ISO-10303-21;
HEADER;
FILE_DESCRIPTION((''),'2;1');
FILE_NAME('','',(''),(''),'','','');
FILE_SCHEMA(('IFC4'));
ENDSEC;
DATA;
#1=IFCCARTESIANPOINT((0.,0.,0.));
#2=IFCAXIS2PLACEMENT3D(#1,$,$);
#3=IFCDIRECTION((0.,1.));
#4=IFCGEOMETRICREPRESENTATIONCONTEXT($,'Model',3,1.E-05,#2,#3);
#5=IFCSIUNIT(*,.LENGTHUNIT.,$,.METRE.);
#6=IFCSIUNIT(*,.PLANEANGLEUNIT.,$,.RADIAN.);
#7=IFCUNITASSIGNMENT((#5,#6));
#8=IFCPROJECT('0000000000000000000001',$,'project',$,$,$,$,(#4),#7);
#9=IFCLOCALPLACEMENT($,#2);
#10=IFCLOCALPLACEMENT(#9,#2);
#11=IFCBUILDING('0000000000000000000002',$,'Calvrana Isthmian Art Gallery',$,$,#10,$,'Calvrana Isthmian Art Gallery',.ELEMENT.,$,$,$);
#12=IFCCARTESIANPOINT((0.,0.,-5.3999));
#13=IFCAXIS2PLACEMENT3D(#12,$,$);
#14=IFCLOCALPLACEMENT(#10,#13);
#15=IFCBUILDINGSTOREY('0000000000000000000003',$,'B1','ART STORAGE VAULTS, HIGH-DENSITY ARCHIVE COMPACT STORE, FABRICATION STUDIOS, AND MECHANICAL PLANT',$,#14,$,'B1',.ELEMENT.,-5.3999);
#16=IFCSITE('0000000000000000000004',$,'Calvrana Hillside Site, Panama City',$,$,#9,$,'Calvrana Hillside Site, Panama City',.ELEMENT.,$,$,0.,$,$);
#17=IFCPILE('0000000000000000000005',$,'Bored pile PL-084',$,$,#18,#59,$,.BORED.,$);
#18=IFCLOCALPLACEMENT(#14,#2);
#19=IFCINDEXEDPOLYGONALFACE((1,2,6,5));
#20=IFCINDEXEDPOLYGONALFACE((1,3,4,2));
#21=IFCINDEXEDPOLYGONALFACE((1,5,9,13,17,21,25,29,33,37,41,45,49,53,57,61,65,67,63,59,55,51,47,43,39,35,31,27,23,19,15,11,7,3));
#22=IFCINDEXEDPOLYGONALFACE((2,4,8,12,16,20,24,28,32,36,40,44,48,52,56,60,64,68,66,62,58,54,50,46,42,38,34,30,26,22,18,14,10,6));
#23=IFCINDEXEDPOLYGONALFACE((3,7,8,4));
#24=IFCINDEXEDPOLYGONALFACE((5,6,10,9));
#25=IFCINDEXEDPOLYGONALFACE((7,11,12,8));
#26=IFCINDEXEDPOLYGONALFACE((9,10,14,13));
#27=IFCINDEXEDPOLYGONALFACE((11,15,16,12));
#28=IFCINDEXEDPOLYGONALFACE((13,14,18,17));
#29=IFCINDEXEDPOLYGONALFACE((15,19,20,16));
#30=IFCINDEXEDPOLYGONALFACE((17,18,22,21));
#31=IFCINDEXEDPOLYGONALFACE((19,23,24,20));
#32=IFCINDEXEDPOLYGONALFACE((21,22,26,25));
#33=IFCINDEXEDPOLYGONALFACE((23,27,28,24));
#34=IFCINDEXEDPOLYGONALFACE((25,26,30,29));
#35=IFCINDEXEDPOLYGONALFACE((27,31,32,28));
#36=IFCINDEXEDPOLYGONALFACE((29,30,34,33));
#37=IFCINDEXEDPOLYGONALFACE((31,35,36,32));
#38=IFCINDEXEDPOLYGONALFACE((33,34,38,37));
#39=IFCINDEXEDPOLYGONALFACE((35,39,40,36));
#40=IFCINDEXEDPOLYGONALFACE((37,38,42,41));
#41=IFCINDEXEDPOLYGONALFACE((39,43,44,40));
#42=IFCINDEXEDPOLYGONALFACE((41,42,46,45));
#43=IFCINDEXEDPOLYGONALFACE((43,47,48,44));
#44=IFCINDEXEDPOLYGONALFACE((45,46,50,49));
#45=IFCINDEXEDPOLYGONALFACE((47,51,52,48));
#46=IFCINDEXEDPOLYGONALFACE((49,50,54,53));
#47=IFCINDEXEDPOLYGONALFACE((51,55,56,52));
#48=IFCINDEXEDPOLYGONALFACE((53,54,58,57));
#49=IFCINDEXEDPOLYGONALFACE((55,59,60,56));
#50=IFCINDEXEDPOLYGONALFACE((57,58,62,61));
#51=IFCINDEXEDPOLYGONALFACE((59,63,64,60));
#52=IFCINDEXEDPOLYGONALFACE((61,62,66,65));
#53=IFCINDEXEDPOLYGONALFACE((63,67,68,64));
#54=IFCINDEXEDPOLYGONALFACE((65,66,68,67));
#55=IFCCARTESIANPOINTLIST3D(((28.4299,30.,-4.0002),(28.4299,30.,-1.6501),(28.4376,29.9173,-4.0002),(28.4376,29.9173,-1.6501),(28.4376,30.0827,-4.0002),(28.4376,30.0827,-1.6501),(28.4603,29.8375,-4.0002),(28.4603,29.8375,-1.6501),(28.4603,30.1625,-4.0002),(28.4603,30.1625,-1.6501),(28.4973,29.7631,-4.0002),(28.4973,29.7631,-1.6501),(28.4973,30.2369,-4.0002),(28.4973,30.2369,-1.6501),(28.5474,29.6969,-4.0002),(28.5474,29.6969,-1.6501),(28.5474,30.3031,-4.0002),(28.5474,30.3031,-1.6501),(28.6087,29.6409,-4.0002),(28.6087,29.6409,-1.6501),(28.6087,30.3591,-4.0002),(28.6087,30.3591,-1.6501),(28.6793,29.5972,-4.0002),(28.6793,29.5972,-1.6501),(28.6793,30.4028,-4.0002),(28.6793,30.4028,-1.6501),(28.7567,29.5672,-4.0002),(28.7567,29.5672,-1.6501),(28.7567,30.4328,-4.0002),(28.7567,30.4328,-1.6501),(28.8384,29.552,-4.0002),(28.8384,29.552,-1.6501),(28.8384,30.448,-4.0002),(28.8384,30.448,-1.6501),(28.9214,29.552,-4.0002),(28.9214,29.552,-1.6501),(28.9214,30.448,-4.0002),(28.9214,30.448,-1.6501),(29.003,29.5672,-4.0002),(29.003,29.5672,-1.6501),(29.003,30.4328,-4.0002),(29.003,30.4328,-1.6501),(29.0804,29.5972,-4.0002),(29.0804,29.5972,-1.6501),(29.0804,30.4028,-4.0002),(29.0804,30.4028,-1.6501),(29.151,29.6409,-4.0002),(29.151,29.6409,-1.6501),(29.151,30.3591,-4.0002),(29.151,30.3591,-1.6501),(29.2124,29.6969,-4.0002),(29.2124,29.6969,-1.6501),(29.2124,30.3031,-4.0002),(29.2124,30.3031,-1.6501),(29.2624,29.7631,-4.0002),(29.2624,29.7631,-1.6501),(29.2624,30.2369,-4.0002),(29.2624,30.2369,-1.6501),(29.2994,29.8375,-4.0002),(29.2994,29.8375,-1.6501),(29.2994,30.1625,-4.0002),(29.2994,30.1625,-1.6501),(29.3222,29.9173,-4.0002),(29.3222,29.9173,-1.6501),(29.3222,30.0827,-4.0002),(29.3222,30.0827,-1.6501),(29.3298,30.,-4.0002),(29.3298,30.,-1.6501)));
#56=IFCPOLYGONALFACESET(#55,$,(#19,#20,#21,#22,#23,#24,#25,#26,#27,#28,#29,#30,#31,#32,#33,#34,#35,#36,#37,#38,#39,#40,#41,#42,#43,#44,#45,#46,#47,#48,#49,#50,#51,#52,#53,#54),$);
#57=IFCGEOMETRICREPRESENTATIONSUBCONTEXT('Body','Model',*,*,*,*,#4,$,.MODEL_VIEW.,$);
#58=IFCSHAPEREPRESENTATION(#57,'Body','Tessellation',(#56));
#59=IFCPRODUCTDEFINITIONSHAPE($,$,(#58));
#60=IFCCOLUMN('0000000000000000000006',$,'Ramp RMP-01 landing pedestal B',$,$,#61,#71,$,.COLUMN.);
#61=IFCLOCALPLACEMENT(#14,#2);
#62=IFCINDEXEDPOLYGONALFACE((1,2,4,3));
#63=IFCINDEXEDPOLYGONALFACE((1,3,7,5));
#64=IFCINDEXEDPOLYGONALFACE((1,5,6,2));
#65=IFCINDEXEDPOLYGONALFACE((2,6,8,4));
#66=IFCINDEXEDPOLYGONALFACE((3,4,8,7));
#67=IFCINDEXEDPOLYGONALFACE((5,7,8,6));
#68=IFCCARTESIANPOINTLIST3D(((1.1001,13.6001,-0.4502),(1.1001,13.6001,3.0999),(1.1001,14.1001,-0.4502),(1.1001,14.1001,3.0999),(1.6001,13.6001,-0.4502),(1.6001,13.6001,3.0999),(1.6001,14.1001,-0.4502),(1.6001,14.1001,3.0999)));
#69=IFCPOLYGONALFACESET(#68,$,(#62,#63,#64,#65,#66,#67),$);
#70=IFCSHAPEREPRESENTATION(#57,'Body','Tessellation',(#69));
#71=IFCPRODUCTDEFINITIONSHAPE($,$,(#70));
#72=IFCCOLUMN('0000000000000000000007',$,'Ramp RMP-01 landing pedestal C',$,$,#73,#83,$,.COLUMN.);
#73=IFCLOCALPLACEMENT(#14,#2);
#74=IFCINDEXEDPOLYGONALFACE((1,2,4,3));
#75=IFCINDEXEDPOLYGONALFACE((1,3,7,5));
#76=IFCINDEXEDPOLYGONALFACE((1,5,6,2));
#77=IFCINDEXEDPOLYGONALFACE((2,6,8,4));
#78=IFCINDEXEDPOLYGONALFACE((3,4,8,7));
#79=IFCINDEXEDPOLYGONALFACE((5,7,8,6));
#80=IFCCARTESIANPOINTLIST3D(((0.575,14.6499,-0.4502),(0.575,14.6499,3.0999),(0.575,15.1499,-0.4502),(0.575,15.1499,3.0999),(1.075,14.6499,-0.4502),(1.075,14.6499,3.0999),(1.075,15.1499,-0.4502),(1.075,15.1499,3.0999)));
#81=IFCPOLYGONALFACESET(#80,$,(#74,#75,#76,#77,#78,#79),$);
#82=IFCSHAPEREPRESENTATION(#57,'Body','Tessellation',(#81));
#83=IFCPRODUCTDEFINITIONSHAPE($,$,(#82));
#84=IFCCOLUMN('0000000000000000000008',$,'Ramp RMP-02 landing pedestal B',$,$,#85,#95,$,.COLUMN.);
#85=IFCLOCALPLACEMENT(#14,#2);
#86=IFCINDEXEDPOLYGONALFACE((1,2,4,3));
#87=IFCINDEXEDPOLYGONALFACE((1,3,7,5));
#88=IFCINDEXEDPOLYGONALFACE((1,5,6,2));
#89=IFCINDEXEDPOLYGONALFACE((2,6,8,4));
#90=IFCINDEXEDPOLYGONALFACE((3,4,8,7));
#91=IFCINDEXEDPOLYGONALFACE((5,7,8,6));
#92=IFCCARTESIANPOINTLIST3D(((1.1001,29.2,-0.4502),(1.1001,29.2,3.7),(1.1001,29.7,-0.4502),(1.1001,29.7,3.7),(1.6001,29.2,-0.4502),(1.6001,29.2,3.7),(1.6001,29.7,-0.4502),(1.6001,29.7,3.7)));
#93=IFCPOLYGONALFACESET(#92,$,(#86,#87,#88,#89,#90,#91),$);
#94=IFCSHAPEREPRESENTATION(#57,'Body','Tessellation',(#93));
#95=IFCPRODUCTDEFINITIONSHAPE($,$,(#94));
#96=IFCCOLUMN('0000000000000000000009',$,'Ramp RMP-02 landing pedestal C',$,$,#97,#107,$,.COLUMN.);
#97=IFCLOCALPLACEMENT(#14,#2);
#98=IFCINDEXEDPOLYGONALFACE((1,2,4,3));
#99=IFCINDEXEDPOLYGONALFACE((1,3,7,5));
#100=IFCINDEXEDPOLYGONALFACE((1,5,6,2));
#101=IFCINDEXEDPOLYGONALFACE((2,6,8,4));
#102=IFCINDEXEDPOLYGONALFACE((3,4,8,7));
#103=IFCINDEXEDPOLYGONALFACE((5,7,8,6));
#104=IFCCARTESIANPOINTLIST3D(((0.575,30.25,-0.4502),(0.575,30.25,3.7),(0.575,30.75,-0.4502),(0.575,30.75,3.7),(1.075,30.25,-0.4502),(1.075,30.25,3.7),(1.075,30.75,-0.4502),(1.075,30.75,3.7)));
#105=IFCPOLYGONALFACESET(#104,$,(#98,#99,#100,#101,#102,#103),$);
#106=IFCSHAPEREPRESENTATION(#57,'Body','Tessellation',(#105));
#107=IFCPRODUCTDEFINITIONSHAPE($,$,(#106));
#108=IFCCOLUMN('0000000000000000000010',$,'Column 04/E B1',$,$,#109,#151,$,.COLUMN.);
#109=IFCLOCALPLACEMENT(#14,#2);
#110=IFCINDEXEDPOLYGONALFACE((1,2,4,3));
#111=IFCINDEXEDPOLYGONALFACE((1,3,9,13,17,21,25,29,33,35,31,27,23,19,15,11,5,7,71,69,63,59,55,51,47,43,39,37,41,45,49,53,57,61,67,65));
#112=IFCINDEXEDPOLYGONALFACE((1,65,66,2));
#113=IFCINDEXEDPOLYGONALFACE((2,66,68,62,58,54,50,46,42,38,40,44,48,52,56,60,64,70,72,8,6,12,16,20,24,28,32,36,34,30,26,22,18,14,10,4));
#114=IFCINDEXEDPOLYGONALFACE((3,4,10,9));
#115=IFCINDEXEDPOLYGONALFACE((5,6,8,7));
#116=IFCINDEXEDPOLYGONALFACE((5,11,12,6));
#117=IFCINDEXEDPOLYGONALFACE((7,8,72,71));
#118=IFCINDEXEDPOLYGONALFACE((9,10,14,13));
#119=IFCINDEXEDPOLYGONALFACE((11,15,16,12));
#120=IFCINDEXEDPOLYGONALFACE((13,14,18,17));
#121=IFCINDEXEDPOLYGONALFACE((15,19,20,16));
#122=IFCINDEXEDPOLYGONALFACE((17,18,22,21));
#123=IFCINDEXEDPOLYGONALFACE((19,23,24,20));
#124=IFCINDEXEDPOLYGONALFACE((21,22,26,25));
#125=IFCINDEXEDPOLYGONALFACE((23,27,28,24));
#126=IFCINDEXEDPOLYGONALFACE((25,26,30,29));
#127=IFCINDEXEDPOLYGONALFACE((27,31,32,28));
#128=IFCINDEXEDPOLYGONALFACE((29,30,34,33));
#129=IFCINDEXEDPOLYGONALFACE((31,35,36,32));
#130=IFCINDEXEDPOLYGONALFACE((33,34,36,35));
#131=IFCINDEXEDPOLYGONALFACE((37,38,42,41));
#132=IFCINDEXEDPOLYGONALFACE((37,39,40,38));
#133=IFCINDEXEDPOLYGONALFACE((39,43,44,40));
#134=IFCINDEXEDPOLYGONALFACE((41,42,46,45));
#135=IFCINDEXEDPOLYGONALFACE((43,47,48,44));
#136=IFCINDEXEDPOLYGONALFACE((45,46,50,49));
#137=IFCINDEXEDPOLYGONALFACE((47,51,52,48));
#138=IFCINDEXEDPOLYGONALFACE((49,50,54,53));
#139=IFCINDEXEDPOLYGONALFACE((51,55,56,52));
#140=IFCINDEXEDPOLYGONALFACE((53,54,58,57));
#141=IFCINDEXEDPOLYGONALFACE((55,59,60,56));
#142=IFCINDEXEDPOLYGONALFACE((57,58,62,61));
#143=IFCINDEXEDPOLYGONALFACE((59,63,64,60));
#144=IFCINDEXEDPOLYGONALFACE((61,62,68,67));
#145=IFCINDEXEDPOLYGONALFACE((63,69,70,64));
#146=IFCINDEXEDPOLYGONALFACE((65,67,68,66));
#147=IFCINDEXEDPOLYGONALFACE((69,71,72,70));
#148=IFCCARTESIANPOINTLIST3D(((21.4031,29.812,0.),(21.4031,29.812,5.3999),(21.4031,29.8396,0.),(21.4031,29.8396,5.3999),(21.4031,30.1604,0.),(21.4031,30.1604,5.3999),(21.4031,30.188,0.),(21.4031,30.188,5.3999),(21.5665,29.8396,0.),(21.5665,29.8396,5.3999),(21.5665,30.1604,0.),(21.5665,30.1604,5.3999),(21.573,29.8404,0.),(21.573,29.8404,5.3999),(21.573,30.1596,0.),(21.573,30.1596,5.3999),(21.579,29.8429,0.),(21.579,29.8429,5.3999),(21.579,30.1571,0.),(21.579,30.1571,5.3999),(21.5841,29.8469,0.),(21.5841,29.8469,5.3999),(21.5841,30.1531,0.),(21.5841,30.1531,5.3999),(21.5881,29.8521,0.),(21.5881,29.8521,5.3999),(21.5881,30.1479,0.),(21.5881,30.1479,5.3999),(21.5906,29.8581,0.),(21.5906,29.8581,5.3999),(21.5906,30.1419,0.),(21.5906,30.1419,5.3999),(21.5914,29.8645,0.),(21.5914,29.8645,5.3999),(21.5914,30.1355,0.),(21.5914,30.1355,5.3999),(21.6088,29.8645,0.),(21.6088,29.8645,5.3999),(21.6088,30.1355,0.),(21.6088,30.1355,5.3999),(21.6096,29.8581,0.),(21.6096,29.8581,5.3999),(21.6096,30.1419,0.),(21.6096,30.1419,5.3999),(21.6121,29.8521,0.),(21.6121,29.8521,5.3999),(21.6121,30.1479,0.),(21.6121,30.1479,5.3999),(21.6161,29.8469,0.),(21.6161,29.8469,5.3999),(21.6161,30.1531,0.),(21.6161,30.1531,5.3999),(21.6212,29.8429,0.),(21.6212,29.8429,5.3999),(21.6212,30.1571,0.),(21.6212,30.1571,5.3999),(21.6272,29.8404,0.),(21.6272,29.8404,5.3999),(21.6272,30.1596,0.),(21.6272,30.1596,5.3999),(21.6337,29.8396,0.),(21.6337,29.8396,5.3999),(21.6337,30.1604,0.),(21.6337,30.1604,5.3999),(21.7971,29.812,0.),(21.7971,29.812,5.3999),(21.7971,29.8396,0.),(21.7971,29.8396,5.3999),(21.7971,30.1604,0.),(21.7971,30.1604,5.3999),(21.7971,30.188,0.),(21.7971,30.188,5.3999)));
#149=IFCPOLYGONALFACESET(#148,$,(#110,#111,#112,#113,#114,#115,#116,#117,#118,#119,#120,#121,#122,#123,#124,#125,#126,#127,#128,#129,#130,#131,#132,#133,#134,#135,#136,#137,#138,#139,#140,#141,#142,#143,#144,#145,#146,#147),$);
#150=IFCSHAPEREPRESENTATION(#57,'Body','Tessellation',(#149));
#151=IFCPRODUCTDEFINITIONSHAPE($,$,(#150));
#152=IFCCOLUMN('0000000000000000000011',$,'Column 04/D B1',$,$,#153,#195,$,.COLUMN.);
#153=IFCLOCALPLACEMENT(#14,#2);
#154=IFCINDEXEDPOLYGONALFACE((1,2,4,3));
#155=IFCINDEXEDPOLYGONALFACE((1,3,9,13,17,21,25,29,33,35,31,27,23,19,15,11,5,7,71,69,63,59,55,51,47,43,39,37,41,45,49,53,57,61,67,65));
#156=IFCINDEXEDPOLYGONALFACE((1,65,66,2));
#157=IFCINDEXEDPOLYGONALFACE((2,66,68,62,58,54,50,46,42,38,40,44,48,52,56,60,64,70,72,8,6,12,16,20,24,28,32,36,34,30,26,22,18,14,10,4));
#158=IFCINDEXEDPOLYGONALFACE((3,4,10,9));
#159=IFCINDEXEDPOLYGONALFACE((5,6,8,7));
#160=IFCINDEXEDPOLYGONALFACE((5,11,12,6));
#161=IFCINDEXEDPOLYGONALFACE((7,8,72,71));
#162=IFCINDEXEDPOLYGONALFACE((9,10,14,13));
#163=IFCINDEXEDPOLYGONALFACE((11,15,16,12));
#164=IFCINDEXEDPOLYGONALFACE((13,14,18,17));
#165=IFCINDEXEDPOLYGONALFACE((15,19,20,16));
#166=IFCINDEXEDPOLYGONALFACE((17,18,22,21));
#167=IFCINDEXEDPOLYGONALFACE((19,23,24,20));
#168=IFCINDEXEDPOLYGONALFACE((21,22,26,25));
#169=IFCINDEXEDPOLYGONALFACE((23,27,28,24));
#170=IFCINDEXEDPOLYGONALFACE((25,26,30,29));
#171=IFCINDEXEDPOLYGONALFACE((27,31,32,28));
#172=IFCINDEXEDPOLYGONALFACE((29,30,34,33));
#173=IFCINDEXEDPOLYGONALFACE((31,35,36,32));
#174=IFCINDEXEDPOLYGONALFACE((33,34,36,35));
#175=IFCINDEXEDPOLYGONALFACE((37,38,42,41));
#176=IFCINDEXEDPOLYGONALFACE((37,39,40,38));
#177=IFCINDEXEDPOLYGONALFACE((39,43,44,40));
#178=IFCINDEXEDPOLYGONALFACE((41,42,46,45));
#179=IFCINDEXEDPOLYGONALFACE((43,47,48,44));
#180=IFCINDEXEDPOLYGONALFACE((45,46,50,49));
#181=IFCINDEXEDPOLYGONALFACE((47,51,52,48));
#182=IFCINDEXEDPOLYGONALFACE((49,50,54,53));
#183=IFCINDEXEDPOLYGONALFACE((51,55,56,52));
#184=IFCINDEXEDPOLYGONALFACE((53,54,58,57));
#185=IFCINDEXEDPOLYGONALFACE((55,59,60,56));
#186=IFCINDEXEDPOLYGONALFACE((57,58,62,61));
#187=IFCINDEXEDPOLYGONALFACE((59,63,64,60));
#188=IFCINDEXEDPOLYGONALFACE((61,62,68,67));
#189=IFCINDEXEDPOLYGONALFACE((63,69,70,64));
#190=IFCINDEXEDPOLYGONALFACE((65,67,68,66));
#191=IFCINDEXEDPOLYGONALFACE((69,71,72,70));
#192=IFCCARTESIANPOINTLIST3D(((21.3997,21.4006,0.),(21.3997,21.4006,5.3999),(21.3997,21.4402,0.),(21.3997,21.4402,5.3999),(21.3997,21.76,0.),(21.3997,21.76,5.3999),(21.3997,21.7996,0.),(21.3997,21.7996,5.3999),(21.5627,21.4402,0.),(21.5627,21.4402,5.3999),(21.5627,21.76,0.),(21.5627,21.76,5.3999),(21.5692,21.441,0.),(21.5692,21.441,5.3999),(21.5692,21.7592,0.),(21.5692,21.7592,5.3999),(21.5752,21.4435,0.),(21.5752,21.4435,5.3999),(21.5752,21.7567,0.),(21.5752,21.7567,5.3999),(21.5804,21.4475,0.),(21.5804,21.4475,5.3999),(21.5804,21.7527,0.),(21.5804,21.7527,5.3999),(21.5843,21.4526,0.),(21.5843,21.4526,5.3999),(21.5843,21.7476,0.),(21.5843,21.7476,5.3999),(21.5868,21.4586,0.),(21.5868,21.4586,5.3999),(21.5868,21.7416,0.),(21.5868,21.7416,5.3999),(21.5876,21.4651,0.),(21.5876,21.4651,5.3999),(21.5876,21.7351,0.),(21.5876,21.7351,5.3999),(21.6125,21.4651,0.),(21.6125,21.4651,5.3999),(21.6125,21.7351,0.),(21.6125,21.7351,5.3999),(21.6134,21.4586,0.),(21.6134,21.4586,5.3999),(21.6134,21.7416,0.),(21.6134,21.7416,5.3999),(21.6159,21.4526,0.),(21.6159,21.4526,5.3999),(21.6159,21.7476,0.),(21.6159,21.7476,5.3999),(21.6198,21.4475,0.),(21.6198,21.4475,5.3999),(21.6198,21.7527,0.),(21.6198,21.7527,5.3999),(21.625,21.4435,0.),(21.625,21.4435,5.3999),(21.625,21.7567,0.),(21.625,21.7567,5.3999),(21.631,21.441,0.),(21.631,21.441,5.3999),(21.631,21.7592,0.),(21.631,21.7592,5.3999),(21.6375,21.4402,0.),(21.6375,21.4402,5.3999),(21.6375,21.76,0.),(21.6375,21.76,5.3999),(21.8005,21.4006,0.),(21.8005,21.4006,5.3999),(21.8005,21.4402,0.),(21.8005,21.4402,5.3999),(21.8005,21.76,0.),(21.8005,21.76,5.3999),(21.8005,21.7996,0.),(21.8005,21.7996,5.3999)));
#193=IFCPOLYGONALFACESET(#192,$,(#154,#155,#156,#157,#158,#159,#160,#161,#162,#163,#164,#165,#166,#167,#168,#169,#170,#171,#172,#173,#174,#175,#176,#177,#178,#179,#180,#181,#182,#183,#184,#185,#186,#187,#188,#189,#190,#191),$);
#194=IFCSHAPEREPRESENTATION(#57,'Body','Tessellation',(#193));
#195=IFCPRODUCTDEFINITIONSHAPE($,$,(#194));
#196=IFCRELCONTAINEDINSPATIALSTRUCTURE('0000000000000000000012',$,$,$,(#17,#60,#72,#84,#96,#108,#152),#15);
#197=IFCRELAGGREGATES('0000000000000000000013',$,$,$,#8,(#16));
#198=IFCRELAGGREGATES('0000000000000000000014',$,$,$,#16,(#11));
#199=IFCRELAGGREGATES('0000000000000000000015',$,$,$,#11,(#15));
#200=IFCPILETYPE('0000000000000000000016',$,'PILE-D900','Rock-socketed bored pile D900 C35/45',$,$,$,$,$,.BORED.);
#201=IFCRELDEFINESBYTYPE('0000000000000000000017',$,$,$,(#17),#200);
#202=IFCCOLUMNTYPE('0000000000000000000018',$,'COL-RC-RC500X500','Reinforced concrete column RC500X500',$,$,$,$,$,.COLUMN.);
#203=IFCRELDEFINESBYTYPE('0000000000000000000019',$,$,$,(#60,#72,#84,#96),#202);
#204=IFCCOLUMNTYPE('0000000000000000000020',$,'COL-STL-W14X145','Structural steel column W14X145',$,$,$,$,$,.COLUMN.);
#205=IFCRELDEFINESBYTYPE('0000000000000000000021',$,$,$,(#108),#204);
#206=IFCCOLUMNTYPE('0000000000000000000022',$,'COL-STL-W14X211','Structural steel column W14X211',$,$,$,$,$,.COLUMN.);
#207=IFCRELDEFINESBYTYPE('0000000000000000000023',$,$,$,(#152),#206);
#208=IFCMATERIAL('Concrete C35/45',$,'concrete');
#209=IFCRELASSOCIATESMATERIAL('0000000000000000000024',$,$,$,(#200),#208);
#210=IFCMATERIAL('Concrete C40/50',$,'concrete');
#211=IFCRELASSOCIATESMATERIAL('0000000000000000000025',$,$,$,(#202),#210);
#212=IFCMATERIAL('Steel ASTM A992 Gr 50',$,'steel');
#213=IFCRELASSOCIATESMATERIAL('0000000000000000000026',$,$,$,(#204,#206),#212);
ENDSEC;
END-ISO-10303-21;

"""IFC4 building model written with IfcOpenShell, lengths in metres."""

from ifc_helpers import new_model, si_unit, direction, frame, origin, origin_2d, place, context, subcontext, project, spatial, rectangle, circle, i_section, extrude, material, material_profile, profile_set, type_object, element, save


model = new_model("IFC4")

# Units and contexts
model_context = context("Model", 3, precision=1e-05, world=origin(), true_north=direction((0.0, 1.0)))
body_context = subcontext(model_context, "Body", "Model", "MODEL_VIEW")
ifc_project = project(units=[si_unit("LENGTHUNIT", "METRE"), si_unit("PLANEANGLEUNIT", "RADIAN")], contexts=[model_context])

# Site, building, storey
site_placement = place(None, origin())
site = spatial("IfcSite", under=ifc_project, at=site_placement, Name="Calvrana Hillside Site, Panama City", LongName="Calvrana Hillside Site, Panama City", CompositionType="ELEMENT", RefElevation=0.0)
building_placement = place(site_placement, origin())
building = spatial("IfcBuilding", under=site, at=building_placement, Name="Calvrana Isthmian Art Gallery", LongName="Calvrana Isthmian Art Gallery", CompositionType="ELEMENT")
storey_placement = place(building_placement, frame((0.0, 0.0, -5.3999)))
storey = spatial("IfcBuildingStorey", under=building, at=storey_placement, Name="B1", Description="ART STORAGE VAULTS, HIGH-DENSITY ARCHIVE COMPACT STORE, FABRICATION STUDIOS, AND MECHANICAL PLANT", LongName="B1", CompositionType="ELEMENT", Elevation=-5.3999)

# Shared definitions
ifc_material_1 = material(Name="Concrete C35/45", Category="concrete")

# Pile
ifc_material_profile_1 = material_profile(ifc_material_1, circle(Radius=0.45, at=origin_2d()), Name="PILE900D")
ifc_profile_set_1 = profile_set([ifc_material_profile_1], Name="Concrete C35/45")
pile_type_1 = type_object("IfcPileType", Name="PILE-D900", Description="Rock-socketed bored pile D900 C35/45", PredefinedType="BORED", material=ifc_profile_set_1)
for number, where, z_axis, x_axis, name in (
    (1, (28.8799, 30.0, -1.6501), (0.0, 0.0, -1.0), (1.0, 0.0, 0.0), "Bored pile PL-084"),
):
    element("IfcPile", number, at=place(storey_placement, frame(where, z_axis=z_axis, x_axis=x_axis)), inside=storey, type_object=pile_type_1, Name=name, PredefinedType="BORED", context=body_context, shape_type="SweptSolid", body=[
        extrude(circle(Radius=0.45, at=origin_2d()), origin(), (0.0, 0.0, 1.0), 2.3501),
    ])

# Columns
ifc_material_2 = material(Name="Concrete C40/50", Category="concrete")
ifc_material_profile_2 = material_profile(ifc_material_2, rectangle(XDim=0.5, YDim=0.5, at=origin_2d()), Name="RC500X500")
ifc_profile_set_2 = profile_set([ifc_material_profile_2], Name="Concrete C40/50")
column_type_1 = type_object("IfcColumnType", Name="COL-RC-RC500X500", Description="Reinforced concrete column RC500X500", PredefinedType="COLUMN", material=ifc_profile_set_2)
for number, where, z_axis, x_axis, name in (
    (2, (1.3501, 13.8501, -0.4502), (0.0, 0.0, 1.0), (1.0, 0.0, 0.0), "Ramp RMP-01 landing pedestal B"),
    (3, (0.825, 14.8999, -0.4502), (0.0, 0.0, 1.0), (1.0, 0.0, 0.0), "Ramp RMP-01 landing pedestal C"),
):
    element("IfcColumn", number, at=place(storey_placement, frame(where, z_axis=z_axis, x_axis=x_axis)), inside=storey, type_object=column_type_1, Name=name, PredefinedType="COLUMN", context=body_context, shape_type="SweptSolid", body=[
        extrude(rectangle(XDim=0.5, YDim=0.5, at=origin_2d()), origin(), (0.0, 0.0, 1.0), 3.55),
    ])
for number, where, z_axis, x_axis, name in (
    (4, (1.3501, 29.45, -0.4502), (0.0, 0.0, 1.0), (1.0, 0.0, 0.0), "Ramp RMP-02 landing pedestal B"),
    (5, (0.825, 30.5, -0.4502), (0.0, 0.0, 1.0), (1.0, 0.0, 0.0), "Ramp RMP-02 landing pedestal C"),
):
    element("IfcColumn", number, at=place(storey_placement, frame(where, z_axis=z_axis, x_axis=x_axis)), inside=storey, type_object=column_type_1, Name=name, PredefinedType="COLUMN", context=body_context, shape_type="SweptSolid", body=[
        extrude(rectangle(XDim=0.5, YDim=0.5, at=origin_2d()), origin(), (0.0, 0.0, 1.0), 4.1501),
    ])
ifc_material_3 = material(Name="Steel ASTM A992 Gr 50", Category="steel")
ifc_material_profile_3 = material_profile(ifc_material_3, i_section(OverallWidth=0.394, OverallDepth=0.376, WebThickness=0.0173, FlangeThickness=0.0276, FilletRadius=0.0249, at=origin_2d()), Name="W14X145")
ifc_profile_set_3 = profile_set([ifc_material_profile_3], Name="Steel ASTM A992 Gr 50")
column_type_2 = type_object("IfcColumnType", Name="COL-STL-W14X145", Description="Structural steel column W14X145", PredefinedType="COLUMN", material=ifc_profile_set_3)
column_1_placement = place(storey_placement, frame((21.6001, 30.0, 0.0), z_axis=(0.0, 0.0, 1.0), x_axis=(1.0, 0.0, 0.0)))
element("IfcColumn", 6, at=column_1_placement, inside=storey, type_object=column_type_2, Name="Column 04/E B1", PredefinedType="COLUMN", context=body_context, shape_type="SweptSolid", body=[
    extrude(i_section(OverallWidth=0.394, OverallDepth=0.376, WebThickness=0.0173, FlangeThickness=0.0276, FilletRadius=0.0249, at=origin_2d()), origin(), (0.0, 0.0, 1.0), 5.3999),
])
ifc_material_profile_4 = material_profile(ifc_material_3, i_section(OverallWidth=0.4009, OverallDepth=0.3989, WebThickness=0.0249, FlangeThickness=0.0396, FilletRadius=0.0249, at=origin_2d()), Name="W14X211")
ifc_profile_set_4 = profile_set([ifc_material_profile_4], Name="Steel ASTM A992 Gr 50")
column_type_3 = type_object("IfcColumnType", Name="COL-STL-W14X211", Description="Structural steel column W14X211", PredefinedType="COLUMN", material=ifc_profile_set_4)
column_2_placement = place(storey_placement, frame((21.6001, 21.6001, 0.0), z_axis=(0.0, 0.0, 1.0), x_axis=(1.0, 0.0, 0.0)))
element("IfcColumn", 7, at=column_2_placement, inside=storey, type_object=column_type_3, Name="Column 04/D B1", PredefinedType="COLUMN", context=body_context, shape_type="SweptSolid", body=[
    extrude(i_section(OverallWidth=0.4009, OverallDepth=0.3989, WebThickness=0.0249, FlangeThickness=0.0396, FilletRadius=0.0249, at=origin_2d()), origin(), (0.0, 0.0, 1.0), 5.3999),
])

save(model, "model.ifc")
